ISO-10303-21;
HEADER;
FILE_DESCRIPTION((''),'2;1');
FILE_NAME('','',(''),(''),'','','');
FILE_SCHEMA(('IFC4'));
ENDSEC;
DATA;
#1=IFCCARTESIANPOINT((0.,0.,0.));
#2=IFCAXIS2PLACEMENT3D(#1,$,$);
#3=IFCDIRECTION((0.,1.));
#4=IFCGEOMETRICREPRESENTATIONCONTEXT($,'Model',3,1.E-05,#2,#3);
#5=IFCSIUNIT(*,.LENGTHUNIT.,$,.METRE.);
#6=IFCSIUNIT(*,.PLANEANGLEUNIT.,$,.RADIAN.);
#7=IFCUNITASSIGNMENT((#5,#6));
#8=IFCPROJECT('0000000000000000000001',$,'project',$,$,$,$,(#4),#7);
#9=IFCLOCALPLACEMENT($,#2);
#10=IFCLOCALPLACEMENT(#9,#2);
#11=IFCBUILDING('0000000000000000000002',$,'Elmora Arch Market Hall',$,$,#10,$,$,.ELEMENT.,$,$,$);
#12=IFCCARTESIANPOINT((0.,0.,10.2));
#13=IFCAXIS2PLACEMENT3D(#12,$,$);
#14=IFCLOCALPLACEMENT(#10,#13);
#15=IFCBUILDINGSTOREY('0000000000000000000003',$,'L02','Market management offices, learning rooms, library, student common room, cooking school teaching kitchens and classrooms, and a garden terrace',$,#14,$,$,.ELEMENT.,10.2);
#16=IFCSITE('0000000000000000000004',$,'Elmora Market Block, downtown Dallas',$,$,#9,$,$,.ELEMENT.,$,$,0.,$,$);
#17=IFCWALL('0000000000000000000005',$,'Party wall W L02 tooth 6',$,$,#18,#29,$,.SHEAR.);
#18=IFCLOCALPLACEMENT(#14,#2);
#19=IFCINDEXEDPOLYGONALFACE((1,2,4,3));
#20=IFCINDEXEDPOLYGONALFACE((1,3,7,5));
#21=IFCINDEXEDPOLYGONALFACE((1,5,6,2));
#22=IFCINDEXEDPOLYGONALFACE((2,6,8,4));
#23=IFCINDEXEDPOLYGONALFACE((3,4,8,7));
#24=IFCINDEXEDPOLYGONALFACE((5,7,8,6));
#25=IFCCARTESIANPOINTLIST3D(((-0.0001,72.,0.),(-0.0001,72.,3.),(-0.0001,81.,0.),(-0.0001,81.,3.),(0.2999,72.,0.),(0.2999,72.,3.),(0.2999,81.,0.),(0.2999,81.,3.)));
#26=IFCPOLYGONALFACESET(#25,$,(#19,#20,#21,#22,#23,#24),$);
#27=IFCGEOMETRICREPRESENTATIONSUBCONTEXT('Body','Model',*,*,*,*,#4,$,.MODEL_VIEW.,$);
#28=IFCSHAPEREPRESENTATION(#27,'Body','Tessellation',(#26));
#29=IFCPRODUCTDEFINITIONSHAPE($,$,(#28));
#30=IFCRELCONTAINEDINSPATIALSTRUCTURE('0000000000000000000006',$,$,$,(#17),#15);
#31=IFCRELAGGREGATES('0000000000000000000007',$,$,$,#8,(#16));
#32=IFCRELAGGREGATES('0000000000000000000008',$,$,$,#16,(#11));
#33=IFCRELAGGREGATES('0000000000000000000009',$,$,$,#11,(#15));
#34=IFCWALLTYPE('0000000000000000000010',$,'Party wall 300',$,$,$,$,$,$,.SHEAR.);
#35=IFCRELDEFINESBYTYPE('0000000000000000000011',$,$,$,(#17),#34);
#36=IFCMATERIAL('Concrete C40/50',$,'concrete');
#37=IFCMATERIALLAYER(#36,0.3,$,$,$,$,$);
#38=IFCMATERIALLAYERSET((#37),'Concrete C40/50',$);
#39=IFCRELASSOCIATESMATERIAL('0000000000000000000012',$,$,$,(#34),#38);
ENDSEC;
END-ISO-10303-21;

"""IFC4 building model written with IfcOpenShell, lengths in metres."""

from ifc_helpers import new_model, si_unit, direction, frame, frame_2d, origin, place, context, subcontext, project, spatial, rectangle, extrude, material, layer, layer_set, type_object, element, save


model = new_model("IFC4")

# Units and contexts
model_context = context("Model", 3, precision=1e-05, world=origin(), true_north=direction((0.0, 1.0)))
body_context = subcontext(model_context, "Body", "Model", "MODEL_VIEW")
ifc_project = project(units=[si_unit("LENGTHUNIT", "METRE"), si_unit("PLANEANGLEUNIT", "RADIAN")], contexts=[model_context])

# Site, building, storey
site_placement = place(None, origin())
site = spatial("IfcSite", under=ifc_project, at=site_placement, Name="Elmora Market Block, downtown Dallas", CompositionType="ELEMENT", RefElevation=0.0)
building_placement = place(site_placement, origin())
building = spatial("IfcBuilding", under=site, at=building_placement, Name="Elmora Arch Market Hall", CompositionType="ELEMENT")
storey_placement = place(building_placement, frame((0.0, 0.0, 10.2)))
storey = spatial("IfcBuildingStorey", under=building, at=storey_placement, Name="L02", Description="Market management offices, learning rooms, library, student common room, cooking school teaching kitchens and classrooms, and a garden terrace", CompositionType="ELEMENT", Elevation=10.2)

# Wall
ifc_material_1 = material(Name="Concrete C40/50", Category="concrete")
ifc_layer_1 = layer(ifc_material_1, 0.3)
ifc_layer_set_1 = layer_set([ifc_layer_1], Name="Concrete C40/50")
wall_type = type_object("IfcWallType", Name="Party wall 300", PredefinedType="SHEAR", material=ifc_layer_set_1)
wall_placement = place(storey_placement, frame((0.1499, 72.0, 0.0), z_axis=(0.0, 0.0, 1.0), x_axis=(0.0, 1.0, 0.0)))
element("IfcWall", 1, at=wall_placement, inside=storey, type_object=wall_type, Name="Party wall W L02 tooth 6", PredefinedType="SHEAR", context=body_context, shape_type="SweptSolid", body=[
    extrude(rectangle(XDim=9.0, YDim=0.3, at=frame_2d((4.5, 0.0))), origin(), (0.0, 0.0, 1.0), 3.0),
])

save(model, "model.ifc")
